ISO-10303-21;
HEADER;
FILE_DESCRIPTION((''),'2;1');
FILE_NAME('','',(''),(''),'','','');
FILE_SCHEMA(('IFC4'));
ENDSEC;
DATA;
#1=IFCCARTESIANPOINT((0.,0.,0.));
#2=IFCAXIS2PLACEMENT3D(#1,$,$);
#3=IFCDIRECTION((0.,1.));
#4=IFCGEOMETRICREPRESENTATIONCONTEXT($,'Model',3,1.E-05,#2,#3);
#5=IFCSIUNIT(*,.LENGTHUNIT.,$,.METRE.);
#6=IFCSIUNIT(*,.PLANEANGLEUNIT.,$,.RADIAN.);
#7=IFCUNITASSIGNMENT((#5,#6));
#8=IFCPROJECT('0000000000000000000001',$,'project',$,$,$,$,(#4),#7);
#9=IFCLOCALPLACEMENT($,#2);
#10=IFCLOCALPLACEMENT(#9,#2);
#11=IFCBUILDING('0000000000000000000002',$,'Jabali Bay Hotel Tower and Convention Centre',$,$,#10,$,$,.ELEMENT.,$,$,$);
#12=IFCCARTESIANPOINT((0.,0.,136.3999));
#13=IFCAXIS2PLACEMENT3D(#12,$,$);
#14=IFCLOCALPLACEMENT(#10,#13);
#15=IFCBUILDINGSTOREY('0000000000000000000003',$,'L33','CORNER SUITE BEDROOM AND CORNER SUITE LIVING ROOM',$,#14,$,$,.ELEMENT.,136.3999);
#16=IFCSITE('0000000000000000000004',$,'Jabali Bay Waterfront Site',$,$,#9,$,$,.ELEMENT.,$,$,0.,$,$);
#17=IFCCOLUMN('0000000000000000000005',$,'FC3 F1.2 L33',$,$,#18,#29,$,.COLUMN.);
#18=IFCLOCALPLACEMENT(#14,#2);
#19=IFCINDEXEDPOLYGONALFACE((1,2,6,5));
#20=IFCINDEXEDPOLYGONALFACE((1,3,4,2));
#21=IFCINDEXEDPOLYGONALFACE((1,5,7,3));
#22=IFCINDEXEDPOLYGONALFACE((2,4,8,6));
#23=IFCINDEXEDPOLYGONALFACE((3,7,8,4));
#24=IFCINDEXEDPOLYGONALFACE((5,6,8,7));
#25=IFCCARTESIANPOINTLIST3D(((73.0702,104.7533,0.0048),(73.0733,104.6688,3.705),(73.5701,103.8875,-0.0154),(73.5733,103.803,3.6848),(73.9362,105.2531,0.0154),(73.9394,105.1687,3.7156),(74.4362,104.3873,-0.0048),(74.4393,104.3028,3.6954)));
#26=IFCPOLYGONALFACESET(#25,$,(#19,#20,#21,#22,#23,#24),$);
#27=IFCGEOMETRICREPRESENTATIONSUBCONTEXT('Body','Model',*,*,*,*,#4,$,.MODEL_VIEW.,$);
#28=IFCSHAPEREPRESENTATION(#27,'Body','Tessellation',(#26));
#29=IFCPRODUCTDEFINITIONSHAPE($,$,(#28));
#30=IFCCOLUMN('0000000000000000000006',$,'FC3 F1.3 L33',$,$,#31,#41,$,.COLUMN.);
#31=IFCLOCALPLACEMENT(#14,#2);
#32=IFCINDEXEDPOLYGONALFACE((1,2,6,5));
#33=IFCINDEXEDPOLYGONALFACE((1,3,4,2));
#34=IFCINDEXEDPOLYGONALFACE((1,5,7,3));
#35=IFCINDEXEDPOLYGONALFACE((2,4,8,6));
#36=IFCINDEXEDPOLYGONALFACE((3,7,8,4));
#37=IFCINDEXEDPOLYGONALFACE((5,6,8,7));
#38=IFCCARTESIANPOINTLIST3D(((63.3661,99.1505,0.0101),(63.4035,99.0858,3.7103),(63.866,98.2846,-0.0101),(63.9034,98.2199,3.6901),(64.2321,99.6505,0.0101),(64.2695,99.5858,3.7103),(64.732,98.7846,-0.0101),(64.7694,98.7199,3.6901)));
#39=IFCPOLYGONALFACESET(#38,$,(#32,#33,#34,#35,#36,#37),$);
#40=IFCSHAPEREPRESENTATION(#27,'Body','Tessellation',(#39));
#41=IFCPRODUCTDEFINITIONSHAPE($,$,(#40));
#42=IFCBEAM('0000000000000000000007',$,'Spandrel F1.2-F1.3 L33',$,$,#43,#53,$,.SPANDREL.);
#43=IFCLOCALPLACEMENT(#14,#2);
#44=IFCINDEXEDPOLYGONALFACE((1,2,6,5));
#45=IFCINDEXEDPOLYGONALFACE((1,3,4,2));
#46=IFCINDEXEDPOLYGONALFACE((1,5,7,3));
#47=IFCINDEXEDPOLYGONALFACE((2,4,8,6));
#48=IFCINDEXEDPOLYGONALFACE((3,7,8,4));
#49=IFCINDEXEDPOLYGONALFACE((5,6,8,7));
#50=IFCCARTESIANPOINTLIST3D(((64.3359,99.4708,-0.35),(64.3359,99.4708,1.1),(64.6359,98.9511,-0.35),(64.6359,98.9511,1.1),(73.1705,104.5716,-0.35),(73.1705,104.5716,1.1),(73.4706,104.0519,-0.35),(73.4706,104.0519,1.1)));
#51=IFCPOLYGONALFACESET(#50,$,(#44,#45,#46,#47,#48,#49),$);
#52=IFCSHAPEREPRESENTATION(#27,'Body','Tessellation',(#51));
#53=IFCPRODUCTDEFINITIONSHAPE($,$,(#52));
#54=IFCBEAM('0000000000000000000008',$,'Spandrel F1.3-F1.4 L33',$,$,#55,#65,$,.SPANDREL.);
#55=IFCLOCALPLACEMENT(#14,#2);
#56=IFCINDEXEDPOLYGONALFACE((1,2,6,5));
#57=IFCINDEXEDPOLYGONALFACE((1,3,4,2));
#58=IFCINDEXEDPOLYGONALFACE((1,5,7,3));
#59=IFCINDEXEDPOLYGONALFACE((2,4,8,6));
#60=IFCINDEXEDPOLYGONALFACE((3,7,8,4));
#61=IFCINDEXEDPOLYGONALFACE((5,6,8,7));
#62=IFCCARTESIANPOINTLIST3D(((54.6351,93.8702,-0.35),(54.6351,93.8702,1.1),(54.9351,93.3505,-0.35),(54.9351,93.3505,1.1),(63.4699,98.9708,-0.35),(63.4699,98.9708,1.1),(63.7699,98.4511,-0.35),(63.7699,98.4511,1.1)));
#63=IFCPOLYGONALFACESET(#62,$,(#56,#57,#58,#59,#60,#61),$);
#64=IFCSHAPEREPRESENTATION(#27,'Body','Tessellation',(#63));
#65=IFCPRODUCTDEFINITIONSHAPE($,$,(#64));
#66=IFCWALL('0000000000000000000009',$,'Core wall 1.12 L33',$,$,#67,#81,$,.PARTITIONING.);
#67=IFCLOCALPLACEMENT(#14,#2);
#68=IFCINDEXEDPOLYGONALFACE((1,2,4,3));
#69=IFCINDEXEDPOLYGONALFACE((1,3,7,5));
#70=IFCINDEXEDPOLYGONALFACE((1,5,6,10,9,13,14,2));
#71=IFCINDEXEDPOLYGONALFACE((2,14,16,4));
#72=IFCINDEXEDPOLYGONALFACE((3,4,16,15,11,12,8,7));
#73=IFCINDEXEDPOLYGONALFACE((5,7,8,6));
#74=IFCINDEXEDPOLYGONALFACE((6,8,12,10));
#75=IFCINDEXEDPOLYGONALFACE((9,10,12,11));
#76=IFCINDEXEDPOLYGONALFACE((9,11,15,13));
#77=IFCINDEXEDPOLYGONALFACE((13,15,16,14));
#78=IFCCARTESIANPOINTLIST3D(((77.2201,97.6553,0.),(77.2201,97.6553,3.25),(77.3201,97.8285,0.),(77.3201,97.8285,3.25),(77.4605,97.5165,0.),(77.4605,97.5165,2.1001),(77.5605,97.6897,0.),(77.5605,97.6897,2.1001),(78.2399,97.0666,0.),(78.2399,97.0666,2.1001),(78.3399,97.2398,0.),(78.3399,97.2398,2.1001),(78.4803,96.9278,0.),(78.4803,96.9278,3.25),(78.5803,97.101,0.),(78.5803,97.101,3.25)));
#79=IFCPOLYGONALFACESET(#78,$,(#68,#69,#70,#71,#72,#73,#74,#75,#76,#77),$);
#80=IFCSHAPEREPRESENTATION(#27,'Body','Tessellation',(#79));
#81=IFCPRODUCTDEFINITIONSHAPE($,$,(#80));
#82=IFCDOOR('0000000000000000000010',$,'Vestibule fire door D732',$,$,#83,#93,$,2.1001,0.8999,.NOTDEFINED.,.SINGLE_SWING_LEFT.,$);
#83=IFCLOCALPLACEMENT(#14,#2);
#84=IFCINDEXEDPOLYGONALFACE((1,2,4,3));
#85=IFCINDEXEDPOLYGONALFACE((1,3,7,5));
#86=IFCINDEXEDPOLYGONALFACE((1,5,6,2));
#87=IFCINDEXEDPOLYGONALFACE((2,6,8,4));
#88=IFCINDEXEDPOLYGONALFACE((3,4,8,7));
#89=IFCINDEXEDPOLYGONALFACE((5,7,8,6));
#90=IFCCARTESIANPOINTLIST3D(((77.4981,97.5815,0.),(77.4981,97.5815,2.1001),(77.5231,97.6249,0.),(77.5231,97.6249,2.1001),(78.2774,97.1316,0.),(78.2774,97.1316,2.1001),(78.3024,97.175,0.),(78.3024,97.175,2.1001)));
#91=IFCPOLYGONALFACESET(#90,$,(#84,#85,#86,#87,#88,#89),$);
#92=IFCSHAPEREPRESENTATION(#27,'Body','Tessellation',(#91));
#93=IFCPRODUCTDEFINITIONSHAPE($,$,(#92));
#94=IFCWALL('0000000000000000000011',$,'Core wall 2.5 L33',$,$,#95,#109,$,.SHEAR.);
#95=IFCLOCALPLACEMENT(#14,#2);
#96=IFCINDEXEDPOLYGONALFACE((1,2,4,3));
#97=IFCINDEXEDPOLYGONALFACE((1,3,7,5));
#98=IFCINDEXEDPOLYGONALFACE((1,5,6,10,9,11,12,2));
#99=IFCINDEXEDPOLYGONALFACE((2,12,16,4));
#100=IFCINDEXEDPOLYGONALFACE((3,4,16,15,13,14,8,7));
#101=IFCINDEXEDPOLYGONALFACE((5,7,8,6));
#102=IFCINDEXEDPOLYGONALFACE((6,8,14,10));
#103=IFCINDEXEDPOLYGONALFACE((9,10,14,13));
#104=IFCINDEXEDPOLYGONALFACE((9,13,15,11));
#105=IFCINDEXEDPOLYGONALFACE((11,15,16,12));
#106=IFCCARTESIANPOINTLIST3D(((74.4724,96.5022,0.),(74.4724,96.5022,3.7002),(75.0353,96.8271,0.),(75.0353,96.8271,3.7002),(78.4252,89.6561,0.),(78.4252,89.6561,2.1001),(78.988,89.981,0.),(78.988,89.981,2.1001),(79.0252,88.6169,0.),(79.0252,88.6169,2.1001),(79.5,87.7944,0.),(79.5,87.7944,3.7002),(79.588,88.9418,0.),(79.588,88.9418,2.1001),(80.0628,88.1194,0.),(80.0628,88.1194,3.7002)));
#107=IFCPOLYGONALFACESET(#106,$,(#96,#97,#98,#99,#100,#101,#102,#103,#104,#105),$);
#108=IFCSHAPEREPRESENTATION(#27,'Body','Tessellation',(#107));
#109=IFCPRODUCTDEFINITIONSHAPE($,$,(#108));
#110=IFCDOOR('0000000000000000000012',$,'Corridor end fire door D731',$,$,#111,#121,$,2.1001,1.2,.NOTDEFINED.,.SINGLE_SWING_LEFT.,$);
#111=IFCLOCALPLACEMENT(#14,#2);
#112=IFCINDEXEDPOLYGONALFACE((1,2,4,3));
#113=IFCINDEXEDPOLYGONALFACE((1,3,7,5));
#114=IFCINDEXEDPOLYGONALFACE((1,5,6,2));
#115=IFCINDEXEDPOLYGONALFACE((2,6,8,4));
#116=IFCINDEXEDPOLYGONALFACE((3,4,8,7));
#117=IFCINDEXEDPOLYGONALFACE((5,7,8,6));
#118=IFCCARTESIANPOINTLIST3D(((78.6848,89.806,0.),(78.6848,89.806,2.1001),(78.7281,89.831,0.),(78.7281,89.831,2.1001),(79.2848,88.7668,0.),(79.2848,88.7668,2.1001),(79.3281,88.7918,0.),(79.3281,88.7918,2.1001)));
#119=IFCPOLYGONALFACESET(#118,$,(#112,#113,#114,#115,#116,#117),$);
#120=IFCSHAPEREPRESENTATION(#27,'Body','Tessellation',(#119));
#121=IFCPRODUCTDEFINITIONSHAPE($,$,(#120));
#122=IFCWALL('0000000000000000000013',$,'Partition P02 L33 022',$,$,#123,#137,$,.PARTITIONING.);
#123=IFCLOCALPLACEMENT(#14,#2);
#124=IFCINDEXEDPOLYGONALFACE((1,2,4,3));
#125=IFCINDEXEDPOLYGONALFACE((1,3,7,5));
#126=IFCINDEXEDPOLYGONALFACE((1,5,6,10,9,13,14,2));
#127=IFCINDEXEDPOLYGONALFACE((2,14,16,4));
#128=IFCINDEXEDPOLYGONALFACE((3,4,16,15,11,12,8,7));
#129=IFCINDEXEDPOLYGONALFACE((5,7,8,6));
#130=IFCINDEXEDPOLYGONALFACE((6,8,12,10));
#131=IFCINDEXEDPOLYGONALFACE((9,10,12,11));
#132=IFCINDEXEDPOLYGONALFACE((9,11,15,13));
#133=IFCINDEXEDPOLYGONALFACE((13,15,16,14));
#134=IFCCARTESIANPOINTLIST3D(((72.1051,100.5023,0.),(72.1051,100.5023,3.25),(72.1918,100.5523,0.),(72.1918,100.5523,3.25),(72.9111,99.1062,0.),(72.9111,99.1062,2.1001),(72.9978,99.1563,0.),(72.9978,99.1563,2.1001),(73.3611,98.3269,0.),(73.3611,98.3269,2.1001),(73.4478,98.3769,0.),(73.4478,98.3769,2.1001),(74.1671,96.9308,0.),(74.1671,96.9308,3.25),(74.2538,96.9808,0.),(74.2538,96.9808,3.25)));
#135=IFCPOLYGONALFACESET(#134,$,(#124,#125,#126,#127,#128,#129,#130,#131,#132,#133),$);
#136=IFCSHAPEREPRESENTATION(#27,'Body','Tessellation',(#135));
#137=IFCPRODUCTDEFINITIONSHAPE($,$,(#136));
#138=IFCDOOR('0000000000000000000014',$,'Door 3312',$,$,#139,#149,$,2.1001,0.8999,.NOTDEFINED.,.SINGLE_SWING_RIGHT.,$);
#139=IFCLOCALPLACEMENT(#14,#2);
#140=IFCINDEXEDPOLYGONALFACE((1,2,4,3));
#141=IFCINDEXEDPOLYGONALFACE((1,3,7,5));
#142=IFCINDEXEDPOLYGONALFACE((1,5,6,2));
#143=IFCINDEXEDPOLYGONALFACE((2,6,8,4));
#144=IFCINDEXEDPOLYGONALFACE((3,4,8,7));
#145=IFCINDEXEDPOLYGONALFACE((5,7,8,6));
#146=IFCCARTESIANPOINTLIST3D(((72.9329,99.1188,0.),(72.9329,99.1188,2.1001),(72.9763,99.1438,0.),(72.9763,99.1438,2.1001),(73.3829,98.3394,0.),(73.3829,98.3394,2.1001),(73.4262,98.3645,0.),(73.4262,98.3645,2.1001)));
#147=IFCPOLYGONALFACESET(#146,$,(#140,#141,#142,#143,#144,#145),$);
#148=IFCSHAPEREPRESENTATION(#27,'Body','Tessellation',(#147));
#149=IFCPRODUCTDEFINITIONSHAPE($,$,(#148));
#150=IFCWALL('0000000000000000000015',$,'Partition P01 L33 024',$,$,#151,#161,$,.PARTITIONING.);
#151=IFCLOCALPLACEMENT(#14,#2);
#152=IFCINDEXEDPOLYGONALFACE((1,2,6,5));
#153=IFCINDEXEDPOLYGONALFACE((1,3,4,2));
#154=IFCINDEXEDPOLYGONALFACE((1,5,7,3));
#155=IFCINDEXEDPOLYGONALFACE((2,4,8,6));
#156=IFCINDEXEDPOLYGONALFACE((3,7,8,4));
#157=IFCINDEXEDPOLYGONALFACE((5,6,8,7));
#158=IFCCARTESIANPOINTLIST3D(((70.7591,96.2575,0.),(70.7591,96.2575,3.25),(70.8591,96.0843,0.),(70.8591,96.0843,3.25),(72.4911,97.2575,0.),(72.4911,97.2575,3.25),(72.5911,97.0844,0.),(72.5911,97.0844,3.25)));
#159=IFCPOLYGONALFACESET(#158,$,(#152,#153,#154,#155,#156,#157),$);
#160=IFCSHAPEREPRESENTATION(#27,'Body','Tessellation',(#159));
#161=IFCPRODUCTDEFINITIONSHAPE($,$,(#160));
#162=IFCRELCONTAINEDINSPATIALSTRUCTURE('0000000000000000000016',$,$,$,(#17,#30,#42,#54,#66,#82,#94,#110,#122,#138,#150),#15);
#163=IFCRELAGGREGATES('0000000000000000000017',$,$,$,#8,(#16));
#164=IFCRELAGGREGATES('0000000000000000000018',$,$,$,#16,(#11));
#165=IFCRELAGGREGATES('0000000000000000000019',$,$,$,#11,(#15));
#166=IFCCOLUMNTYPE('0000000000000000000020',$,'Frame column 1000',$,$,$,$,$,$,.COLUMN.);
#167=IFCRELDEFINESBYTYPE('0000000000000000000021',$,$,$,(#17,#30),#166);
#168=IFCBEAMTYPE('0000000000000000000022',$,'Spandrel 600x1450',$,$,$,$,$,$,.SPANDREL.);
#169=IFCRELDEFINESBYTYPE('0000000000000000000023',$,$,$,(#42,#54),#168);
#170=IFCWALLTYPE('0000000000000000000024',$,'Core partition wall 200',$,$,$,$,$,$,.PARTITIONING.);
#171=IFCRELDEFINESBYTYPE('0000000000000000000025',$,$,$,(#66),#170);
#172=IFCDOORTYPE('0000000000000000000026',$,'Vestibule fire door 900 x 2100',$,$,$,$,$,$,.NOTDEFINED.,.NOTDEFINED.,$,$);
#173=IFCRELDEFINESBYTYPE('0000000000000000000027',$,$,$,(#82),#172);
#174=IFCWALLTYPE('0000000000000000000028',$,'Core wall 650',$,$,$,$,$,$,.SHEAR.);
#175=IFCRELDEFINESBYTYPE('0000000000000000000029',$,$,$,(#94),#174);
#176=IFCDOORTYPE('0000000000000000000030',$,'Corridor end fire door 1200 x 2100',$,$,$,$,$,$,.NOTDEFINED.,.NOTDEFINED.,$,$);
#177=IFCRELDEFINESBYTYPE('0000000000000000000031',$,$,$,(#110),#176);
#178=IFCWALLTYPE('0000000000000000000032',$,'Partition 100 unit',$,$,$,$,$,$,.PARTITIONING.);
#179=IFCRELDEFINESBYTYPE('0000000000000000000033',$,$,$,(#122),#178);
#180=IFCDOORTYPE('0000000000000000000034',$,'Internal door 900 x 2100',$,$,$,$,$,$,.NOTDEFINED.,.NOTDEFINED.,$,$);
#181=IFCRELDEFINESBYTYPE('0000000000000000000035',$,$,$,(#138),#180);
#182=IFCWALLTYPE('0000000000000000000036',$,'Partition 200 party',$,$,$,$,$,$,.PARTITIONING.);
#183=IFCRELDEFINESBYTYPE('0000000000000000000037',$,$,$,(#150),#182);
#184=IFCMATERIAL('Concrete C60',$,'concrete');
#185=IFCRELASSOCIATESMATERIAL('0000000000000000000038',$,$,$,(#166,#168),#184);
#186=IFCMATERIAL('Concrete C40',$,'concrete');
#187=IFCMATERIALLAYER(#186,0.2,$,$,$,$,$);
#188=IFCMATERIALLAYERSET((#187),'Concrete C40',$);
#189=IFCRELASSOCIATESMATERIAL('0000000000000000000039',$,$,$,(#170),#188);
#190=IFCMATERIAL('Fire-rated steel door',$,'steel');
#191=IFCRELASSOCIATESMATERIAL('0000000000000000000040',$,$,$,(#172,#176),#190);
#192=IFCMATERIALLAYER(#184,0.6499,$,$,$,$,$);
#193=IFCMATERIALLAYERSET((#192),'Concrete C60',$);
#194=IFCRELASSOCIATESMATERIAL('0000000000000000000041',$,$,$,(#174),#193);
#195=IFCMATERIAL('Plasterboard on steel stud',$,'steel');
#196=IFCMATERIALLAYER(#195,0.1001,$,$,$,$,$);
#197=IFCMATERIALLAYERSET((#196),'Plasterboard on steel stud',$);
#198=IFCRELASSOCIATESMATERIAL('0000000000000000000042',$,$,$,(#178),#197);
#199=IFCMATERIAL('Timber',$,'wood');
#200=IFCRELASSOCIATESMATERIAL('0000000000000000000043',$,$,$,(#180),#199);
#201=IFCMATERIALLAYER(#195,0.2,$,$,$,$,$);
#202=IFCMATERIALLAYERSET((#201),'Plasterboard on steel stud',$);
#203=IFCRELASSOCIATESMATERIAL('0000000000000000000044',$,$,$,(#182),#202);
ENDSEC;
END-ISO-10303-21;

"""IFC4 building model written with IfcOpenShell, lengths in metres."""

from ifc_helpers import new_model, si_unit, direction, frame, frame_2d, origin, origin_2d, place, context, subcontext, project, spatial, rectangle, extrude, material, layer, layer_set, material_profile, profile_set, type_object, element, fill, save


model = new_model("IFC4")

# Units and contexts
model_context = context("Model", 3, precision=1e-05, world=origin(), true_north=direction((0.0, 1.0)))
body_context = subcontext(model_context, "Body", "Model", "MODEL_VIEW")
ifc_project = project(units=[si_unit("LENGTHUNIT", "METRE"), si_unit("PLANEANGLEUNIT", "RADIAN")], contexts=[model_context])

# Site, building, storey
site_placement = place(None, origin())
site = spatial("IfcSite", under=ifc_project, at=site_placement, Name="Jabali Bay Waterfront Site", CompositionType="ELEMENT", RefElevation=0.0)
building_placement = place(site_placement, origin())
building = spatial("IfcBuilding", under=site, at=building_placement, Name="Jabali Bay Hotel Tower and Convention Centre", CompositionType="ELEMENT")
storey_placement = place(building_placement, frame((0.0, 0.0, 136.3999)))
storey = spatial("IfcBuildingStorey", under=building, at=storey_placement, Name="L33", Description="CORNER SUITE BEDROOM AND CORNER SUITE LIVING ROOM", CompositionType="ELEMENT", Elevation=136.3999)

# Columns
ifc_material_1 = material(Name="Concrete C60", Category="concrete")
ifc_material_profile_1 = material_profile(ifc_material_1, rectangle(XDim=1.0, YDim=1.0, at=origin_2d()), Name="Frame column 1000")
ifc_profile_set_1 = profile_set([ifc_material_profile_1], Name="Concrete C60")
column_type = type_object("IfcColumnType", Name="Frame column 1000", PredefinedType="COLUMN", material=ifc_profile_set_1)
column_1_placement = place(storey_placement, frame((73.7532, 104.5703, 0.0), z_axis=(0.000858, -0.022823, 0.999739), x_axis=(0.86606, 0.499826, 0.010668)))
element("IfcColumn", 1, at=column_1_placement, inside=storey, type_object=column_type, Name="FC3 F1.2 L33", PredefinedType="COLUMN", context=body_context, shape_type="SweptSolid", body=[
    extrude(rectangle(XDim=1.0, YDim=1.0, at=origin_2d()), origin(), (0.0, 0.0, 1.0), 3.7012),
])
column_2_placement = place(storey_placement, frame((64.0491, 98.9675, 0.0), z_axis=(0.010093, -0.017481, 0.999796), x_axis=(-0.499893, 0.865852, 0.020186)))
element("IfcColumn", 2, at=column_2_placement, inside=storey, type_object=column_type, Name="FC3 F1.3 L33", PredefinedType="COLUMN", context=body_context, shape_type="SweptSolid", body=[
    extrude(rectangle(XDim=1.0, YDim=1.0, at=origin_2d()), origin(), (0.0, 0.0, 1.0), 3.7009),
])

# Beams
ifc_material_profile_2 = material_profile(ifc_material_1, rectangle(XDim=0.6001, YDim=1.45, at=origin_2d()), Name="Spandrel 600x1450")
ifc_profile_set_2 = profile_set([ifc_material_profile_2], Name="Concrete C60")
beam_type = type_object("IfcBeamType", Name="Spandrel 600x1450", PredefinedType="SPANDREL", material=ifc_profile_set_2)
for number, where, z_axis, x_axis, name in (
    (3, (73.3206, 104.3118, 0.375), (-0.866021, -0.500008, 0.0), (0.500008, -0.866021, 0.0), "Spandrel F1.2-F1.3 L33"),
    (4, (63.6199, 98.7109, 0.375), (-0.866031, -0.49999, 0.0), (0.49999, -0.866031, 0.0), "Spandrel F1.3-F1.4 L33"),
):
    element("IfcBeam", number, at=place(storey_placement, frame(where, z_axis=z_axis, x_axis=x_axis)), inside=storey, type_object=beam_type, Name=name, PredefinedType="SPANDREL", context=body_context, shape_type="SweptSolid", body=[
        extrude(rectangle(XDim=0.6001, YDim=1.45, at=origin_2d()), origin(), (0.0, 0.0, 1.0), 10.2014),
    ])

# Walls, openings, doors
ifc_material_2 = material(Name="Concrete C40", Category="concrete")
ifc_layer_1 = layer(ifc_material_2, 0.2)
ifc_layer_set_1 = layer_set([ifc_layer_1], Name="Concrete C40")
wall_type_1 = type_object("IfcWallType", Name="Core partition wall 200", PredefinedType="PARTITIONING", material=ifc_layer_set_1)
wall_1_placement = place(storey_placement, frame((78.5303, 97.0144, 0.0), z_axis=(0.0, 0.0, 1.0), x_axis=(-0.866046, 0.499965, 0.0)))
wall_1 = element("IfcWall", 5, at=wall_1_placement, inside=storey, type_object=wall_type_1, Name="Core wall 1.12 L33", PredefinedType="PARTITIONING", context=body_context, shape_type="SweptSolid", body=[
    extrude(rectangle(XDim=1.4551, YDim=0.2, at=frame_2d((0.7275, 0.0))), origin(), (0.0, 0.0, 1.0), 3.25),
])
opening_1_placement = place(wall_1_placement, frame((0.2776, 0.0, 0.0)))
opening_1 = element("IfcOpeningElement", 6, at=opening_1_placement, cuts=wall_1, PredefinedType="OPENING", context=body_context, shape_type="SweptSolid", body=[
    extrude(rectangle(XDim=0.8999, YDim=2.1001, at=frame_2d((0.45, 1.05))), frame((0.0, 0.1104, 0.0), z_axis=(0.0, -1.0, 0.0), x_axis=(1.0, 0.0, 0.0)), (0.0, 0.0, 1.0), 0.2209),
])
ifc_material_3 = material(Name="Fire-rated steel door", Category="steel")
door_type_1 = type_object("IfcDoorType", Name="Vestibule fire door 900 x 2100", OperationType="NOTDEFINED", PredefinedType="NOTDEFINED", material=ifc_material_3)
door_1_placement = place(opening_1_placement, origin())
door_1 = element("IfcDoor", 7, at=door_1_placement, inside=storey, type_object=door_type_1, Name="Vestibule fire door D732", OperationType="SINGLE_SWING_LEFT", OverallHeight=2.1001, OverallWidth=0.8999, PredefinedType="NOTDEFINED", context=body_context, shape_type="SweptSolid", body=[
    extrude(rectangle(XDim=0.8999, YDim=2.1001, at=frame_2d((0.45, 1.05))), frame((0.0, 0.0249, 0.0), z_axis=(0.0, -1.0, 0.0), x_axis=(1.0, 0.0, 0.0)), (0.0, 0.0, 1.0), 0.05),
])
fill(opening_1, door_1)
ifc_layer_2 = layer(ifc_material_1, 0.6499)
ifc_layer_set_2 = layer_set([ifc_layer_2], Name="Concrete C60")
wall_type_2 = type_object("IfcWallType", Name="Core wall 650", PredefinedType="SHEAR", material=ifc_layer_set_2)
wall_2_placement = place(storey_placement, frame((74.7539, 96.6646, 0.0), z_axis=(0.0, 0.0, 1.0), x_axis=(0.500012, -0.866019, 0.0)))
wall_2 = element("IfcWall", 8, at=wall_2_placement, inside=storey, type_object=wall_type_2, Name="Core wall 2.5 L33", PredefinedType="SHEAR", context=body_context, shape_type="SweptSolid", body=[
    extrude(rectangle(XDim=10.0549, YDim=0.6499, at=frame_2d((5.0273, 0.0))), origin(), (0.0, 0.0, 1.0), 3.7002),
])
opening_2_placement = place(wall_2_placement, frame((7.905, 0.0, 0.0)))
opening_2 = element("IfcOpeningElement", 9, at=opening_2_placement, cuts=wall_2, PredefinedType="OPENING", context=body_context, shape_type="SweptSolid", body=[
    extrude(rectangle(XDim=1.2, YDim=2.1001, at=frame_2d((0.6001, 1.05))), frame((0.0, 0.3354, 0.0), z_axis=(0.0, -1.0, 0.0), x_axis=(1.0, 0.0, 0.0)), (0.0, 0.0, 1.0), 0.6709),
])
door_type_2 = type_object("IfcDoorType", Name="Corridor end fire door 1200 x 2100", OperationType="NOTDEFINED", PredefinedType="NOTDEFINED", material=ifc_material_3)
door_2_placement = place(opening_2_placement, origin())
door_2 = element("IfcDoor", 10, at=door_2_placement, inside=storey, type_object=door_type_2, Name="Corridor end fire door D731", OperationType="SINGLE_SWING_LEFT", OverallHeight=2.1001, OverallWidth=1.2, PredefinedType="NOTDEFINED", context=body_context, shape_type="SweptSolid", body=[
    extrude(rectangle(XDim=1.2, YDim=2.1001, at=frame_2d((0.6001, 1.05))), frame((0.0, 0.0249, 0.0), z_axis=(0.0, -1.0, 0.0), x_axis=(1.0, 0.0, 0.0)), (0.0, 0.0, 1.0), 0.05),
])
fill(opening_2, door_2)
ifc_material_4 = material(Name="Plasterboard on steel stud", Category="steel")
ifc_layer_3 = layer(ifc_material_4, 0.1001)
ifc_layer_set_3 = layer_set([ifc_layer_3], Name="Plasterboard on steel stud")
wall_type_3 = type_object("IfcWallType", Name="Partition 100 unit", PredefinedType="PARTITIONING", material=ifc_layer_set_3)
wall_3_placement = place(storey_placement, frame((74.2104, 96.9558, 0.0), z_axis=(0.0, 0.0, 1.0), x_axis=(-0.499997, 0.866027, 0.0)))
wall_3 = element("IfcWall", 11, at=wall_3_placement, inside=storey, type_object=wall_type_3, Name="Partition P02 L33 022", PredefinedType="PARTITIONING", context=body_context, shape_type="SweptSolid", body=[
    extrude(rectangle(XDim=4.124, YDim=0.1001, at=frame_2d((2.062, 0.0))), origin(), (0.0, 0.0, 1.0), 3.25),
])
opening_3_placement = place(wall_3_placement, frame((1.6121, 0.0, 0.0)))
opening_3 = element("IfcOpeningElement", 12, at=opening_3_placement, cuts=wall_3, PredefinedType="OPENING", context=body_context, shape_type="SweptSolid", body=[
    extrude(rectangle(XDim=0.8999, YDim=2.1001, at=frame_2d((0.45, 1.05))), frame((0.0, 0.0605, 0.0), z_axis=(0.0, -1.0, 0.0), x_axis=(1.0, 0.0, 0.0)), (0.0, 0.0, 1.0), 0.1211),
])
ifc_material_5 = material(Name="Timber", Category="wood")
door_type_3 = type_object("IfcDoorType", Name="Internal door 900 x 2100", OperationType="NOTDEFINED", PredefinedType="NOTDEFINED", material=ifc_material_5)
door_3_placement = place(opening_3_placement, origin())
door_3 = element("IfcDoor", 13, at=door_3_placement, inside=storey, type_object=door_type_3, Name="Door 3312", OperationType="SINGLE_SWING_RIGHT", OverallHeight=2.1001, OverallWidth=0.8999, PredefinedType="NOTDEFINED", context=body_context, shape_type="SweptSolid", body=[
    extrude(rectangle(XDim=0.8999, YDim=2.1001, at=frame_2d((0.45, 1.05))), frame((0.0, 0.0249, 0.0), z_axis=(0.0, -1.0, 0.0), x_axis=(1.0, 0.0, 0.0)), (0.0, 0.0, 1.0), 0.05),
])
fill(opening_3, door_3)

# Wall
ifc_layer_4 = layer(ifc_material_4, 0.2)
ifc_layer_set_4 = layer_set([ifc_layer_4], Name="Plasterboard on steel stud")
wall_type_4 = type_object("IfcWallType", Name="Partition 200 party", PredefinedType="PARTITIONING", material=ifc_layer_set_4)
wall_4_placement = place(storey_placement, frame((70.8091, 96.1709, 0.0), z_axis=(0.0, 0.0, 1.0), x_axis=(0.866011, 0.500025, 0.0)))
element("IfcWall", 14, at=wall_4_placement, inside=storey, type_object=wall_type_4, Name="Partition P01 L33 024", PredefinedType="PARTITIONING", context=body_context, shape_type="SweptSolid", body=[
    extrude(rectangle(XDim=2.0, YDim=0.2, at=frame_2d((1.0, 0.0))), origin(), (0.0, 0.0, 1.0), 3.25),
])

save(model, "model.ifc")
